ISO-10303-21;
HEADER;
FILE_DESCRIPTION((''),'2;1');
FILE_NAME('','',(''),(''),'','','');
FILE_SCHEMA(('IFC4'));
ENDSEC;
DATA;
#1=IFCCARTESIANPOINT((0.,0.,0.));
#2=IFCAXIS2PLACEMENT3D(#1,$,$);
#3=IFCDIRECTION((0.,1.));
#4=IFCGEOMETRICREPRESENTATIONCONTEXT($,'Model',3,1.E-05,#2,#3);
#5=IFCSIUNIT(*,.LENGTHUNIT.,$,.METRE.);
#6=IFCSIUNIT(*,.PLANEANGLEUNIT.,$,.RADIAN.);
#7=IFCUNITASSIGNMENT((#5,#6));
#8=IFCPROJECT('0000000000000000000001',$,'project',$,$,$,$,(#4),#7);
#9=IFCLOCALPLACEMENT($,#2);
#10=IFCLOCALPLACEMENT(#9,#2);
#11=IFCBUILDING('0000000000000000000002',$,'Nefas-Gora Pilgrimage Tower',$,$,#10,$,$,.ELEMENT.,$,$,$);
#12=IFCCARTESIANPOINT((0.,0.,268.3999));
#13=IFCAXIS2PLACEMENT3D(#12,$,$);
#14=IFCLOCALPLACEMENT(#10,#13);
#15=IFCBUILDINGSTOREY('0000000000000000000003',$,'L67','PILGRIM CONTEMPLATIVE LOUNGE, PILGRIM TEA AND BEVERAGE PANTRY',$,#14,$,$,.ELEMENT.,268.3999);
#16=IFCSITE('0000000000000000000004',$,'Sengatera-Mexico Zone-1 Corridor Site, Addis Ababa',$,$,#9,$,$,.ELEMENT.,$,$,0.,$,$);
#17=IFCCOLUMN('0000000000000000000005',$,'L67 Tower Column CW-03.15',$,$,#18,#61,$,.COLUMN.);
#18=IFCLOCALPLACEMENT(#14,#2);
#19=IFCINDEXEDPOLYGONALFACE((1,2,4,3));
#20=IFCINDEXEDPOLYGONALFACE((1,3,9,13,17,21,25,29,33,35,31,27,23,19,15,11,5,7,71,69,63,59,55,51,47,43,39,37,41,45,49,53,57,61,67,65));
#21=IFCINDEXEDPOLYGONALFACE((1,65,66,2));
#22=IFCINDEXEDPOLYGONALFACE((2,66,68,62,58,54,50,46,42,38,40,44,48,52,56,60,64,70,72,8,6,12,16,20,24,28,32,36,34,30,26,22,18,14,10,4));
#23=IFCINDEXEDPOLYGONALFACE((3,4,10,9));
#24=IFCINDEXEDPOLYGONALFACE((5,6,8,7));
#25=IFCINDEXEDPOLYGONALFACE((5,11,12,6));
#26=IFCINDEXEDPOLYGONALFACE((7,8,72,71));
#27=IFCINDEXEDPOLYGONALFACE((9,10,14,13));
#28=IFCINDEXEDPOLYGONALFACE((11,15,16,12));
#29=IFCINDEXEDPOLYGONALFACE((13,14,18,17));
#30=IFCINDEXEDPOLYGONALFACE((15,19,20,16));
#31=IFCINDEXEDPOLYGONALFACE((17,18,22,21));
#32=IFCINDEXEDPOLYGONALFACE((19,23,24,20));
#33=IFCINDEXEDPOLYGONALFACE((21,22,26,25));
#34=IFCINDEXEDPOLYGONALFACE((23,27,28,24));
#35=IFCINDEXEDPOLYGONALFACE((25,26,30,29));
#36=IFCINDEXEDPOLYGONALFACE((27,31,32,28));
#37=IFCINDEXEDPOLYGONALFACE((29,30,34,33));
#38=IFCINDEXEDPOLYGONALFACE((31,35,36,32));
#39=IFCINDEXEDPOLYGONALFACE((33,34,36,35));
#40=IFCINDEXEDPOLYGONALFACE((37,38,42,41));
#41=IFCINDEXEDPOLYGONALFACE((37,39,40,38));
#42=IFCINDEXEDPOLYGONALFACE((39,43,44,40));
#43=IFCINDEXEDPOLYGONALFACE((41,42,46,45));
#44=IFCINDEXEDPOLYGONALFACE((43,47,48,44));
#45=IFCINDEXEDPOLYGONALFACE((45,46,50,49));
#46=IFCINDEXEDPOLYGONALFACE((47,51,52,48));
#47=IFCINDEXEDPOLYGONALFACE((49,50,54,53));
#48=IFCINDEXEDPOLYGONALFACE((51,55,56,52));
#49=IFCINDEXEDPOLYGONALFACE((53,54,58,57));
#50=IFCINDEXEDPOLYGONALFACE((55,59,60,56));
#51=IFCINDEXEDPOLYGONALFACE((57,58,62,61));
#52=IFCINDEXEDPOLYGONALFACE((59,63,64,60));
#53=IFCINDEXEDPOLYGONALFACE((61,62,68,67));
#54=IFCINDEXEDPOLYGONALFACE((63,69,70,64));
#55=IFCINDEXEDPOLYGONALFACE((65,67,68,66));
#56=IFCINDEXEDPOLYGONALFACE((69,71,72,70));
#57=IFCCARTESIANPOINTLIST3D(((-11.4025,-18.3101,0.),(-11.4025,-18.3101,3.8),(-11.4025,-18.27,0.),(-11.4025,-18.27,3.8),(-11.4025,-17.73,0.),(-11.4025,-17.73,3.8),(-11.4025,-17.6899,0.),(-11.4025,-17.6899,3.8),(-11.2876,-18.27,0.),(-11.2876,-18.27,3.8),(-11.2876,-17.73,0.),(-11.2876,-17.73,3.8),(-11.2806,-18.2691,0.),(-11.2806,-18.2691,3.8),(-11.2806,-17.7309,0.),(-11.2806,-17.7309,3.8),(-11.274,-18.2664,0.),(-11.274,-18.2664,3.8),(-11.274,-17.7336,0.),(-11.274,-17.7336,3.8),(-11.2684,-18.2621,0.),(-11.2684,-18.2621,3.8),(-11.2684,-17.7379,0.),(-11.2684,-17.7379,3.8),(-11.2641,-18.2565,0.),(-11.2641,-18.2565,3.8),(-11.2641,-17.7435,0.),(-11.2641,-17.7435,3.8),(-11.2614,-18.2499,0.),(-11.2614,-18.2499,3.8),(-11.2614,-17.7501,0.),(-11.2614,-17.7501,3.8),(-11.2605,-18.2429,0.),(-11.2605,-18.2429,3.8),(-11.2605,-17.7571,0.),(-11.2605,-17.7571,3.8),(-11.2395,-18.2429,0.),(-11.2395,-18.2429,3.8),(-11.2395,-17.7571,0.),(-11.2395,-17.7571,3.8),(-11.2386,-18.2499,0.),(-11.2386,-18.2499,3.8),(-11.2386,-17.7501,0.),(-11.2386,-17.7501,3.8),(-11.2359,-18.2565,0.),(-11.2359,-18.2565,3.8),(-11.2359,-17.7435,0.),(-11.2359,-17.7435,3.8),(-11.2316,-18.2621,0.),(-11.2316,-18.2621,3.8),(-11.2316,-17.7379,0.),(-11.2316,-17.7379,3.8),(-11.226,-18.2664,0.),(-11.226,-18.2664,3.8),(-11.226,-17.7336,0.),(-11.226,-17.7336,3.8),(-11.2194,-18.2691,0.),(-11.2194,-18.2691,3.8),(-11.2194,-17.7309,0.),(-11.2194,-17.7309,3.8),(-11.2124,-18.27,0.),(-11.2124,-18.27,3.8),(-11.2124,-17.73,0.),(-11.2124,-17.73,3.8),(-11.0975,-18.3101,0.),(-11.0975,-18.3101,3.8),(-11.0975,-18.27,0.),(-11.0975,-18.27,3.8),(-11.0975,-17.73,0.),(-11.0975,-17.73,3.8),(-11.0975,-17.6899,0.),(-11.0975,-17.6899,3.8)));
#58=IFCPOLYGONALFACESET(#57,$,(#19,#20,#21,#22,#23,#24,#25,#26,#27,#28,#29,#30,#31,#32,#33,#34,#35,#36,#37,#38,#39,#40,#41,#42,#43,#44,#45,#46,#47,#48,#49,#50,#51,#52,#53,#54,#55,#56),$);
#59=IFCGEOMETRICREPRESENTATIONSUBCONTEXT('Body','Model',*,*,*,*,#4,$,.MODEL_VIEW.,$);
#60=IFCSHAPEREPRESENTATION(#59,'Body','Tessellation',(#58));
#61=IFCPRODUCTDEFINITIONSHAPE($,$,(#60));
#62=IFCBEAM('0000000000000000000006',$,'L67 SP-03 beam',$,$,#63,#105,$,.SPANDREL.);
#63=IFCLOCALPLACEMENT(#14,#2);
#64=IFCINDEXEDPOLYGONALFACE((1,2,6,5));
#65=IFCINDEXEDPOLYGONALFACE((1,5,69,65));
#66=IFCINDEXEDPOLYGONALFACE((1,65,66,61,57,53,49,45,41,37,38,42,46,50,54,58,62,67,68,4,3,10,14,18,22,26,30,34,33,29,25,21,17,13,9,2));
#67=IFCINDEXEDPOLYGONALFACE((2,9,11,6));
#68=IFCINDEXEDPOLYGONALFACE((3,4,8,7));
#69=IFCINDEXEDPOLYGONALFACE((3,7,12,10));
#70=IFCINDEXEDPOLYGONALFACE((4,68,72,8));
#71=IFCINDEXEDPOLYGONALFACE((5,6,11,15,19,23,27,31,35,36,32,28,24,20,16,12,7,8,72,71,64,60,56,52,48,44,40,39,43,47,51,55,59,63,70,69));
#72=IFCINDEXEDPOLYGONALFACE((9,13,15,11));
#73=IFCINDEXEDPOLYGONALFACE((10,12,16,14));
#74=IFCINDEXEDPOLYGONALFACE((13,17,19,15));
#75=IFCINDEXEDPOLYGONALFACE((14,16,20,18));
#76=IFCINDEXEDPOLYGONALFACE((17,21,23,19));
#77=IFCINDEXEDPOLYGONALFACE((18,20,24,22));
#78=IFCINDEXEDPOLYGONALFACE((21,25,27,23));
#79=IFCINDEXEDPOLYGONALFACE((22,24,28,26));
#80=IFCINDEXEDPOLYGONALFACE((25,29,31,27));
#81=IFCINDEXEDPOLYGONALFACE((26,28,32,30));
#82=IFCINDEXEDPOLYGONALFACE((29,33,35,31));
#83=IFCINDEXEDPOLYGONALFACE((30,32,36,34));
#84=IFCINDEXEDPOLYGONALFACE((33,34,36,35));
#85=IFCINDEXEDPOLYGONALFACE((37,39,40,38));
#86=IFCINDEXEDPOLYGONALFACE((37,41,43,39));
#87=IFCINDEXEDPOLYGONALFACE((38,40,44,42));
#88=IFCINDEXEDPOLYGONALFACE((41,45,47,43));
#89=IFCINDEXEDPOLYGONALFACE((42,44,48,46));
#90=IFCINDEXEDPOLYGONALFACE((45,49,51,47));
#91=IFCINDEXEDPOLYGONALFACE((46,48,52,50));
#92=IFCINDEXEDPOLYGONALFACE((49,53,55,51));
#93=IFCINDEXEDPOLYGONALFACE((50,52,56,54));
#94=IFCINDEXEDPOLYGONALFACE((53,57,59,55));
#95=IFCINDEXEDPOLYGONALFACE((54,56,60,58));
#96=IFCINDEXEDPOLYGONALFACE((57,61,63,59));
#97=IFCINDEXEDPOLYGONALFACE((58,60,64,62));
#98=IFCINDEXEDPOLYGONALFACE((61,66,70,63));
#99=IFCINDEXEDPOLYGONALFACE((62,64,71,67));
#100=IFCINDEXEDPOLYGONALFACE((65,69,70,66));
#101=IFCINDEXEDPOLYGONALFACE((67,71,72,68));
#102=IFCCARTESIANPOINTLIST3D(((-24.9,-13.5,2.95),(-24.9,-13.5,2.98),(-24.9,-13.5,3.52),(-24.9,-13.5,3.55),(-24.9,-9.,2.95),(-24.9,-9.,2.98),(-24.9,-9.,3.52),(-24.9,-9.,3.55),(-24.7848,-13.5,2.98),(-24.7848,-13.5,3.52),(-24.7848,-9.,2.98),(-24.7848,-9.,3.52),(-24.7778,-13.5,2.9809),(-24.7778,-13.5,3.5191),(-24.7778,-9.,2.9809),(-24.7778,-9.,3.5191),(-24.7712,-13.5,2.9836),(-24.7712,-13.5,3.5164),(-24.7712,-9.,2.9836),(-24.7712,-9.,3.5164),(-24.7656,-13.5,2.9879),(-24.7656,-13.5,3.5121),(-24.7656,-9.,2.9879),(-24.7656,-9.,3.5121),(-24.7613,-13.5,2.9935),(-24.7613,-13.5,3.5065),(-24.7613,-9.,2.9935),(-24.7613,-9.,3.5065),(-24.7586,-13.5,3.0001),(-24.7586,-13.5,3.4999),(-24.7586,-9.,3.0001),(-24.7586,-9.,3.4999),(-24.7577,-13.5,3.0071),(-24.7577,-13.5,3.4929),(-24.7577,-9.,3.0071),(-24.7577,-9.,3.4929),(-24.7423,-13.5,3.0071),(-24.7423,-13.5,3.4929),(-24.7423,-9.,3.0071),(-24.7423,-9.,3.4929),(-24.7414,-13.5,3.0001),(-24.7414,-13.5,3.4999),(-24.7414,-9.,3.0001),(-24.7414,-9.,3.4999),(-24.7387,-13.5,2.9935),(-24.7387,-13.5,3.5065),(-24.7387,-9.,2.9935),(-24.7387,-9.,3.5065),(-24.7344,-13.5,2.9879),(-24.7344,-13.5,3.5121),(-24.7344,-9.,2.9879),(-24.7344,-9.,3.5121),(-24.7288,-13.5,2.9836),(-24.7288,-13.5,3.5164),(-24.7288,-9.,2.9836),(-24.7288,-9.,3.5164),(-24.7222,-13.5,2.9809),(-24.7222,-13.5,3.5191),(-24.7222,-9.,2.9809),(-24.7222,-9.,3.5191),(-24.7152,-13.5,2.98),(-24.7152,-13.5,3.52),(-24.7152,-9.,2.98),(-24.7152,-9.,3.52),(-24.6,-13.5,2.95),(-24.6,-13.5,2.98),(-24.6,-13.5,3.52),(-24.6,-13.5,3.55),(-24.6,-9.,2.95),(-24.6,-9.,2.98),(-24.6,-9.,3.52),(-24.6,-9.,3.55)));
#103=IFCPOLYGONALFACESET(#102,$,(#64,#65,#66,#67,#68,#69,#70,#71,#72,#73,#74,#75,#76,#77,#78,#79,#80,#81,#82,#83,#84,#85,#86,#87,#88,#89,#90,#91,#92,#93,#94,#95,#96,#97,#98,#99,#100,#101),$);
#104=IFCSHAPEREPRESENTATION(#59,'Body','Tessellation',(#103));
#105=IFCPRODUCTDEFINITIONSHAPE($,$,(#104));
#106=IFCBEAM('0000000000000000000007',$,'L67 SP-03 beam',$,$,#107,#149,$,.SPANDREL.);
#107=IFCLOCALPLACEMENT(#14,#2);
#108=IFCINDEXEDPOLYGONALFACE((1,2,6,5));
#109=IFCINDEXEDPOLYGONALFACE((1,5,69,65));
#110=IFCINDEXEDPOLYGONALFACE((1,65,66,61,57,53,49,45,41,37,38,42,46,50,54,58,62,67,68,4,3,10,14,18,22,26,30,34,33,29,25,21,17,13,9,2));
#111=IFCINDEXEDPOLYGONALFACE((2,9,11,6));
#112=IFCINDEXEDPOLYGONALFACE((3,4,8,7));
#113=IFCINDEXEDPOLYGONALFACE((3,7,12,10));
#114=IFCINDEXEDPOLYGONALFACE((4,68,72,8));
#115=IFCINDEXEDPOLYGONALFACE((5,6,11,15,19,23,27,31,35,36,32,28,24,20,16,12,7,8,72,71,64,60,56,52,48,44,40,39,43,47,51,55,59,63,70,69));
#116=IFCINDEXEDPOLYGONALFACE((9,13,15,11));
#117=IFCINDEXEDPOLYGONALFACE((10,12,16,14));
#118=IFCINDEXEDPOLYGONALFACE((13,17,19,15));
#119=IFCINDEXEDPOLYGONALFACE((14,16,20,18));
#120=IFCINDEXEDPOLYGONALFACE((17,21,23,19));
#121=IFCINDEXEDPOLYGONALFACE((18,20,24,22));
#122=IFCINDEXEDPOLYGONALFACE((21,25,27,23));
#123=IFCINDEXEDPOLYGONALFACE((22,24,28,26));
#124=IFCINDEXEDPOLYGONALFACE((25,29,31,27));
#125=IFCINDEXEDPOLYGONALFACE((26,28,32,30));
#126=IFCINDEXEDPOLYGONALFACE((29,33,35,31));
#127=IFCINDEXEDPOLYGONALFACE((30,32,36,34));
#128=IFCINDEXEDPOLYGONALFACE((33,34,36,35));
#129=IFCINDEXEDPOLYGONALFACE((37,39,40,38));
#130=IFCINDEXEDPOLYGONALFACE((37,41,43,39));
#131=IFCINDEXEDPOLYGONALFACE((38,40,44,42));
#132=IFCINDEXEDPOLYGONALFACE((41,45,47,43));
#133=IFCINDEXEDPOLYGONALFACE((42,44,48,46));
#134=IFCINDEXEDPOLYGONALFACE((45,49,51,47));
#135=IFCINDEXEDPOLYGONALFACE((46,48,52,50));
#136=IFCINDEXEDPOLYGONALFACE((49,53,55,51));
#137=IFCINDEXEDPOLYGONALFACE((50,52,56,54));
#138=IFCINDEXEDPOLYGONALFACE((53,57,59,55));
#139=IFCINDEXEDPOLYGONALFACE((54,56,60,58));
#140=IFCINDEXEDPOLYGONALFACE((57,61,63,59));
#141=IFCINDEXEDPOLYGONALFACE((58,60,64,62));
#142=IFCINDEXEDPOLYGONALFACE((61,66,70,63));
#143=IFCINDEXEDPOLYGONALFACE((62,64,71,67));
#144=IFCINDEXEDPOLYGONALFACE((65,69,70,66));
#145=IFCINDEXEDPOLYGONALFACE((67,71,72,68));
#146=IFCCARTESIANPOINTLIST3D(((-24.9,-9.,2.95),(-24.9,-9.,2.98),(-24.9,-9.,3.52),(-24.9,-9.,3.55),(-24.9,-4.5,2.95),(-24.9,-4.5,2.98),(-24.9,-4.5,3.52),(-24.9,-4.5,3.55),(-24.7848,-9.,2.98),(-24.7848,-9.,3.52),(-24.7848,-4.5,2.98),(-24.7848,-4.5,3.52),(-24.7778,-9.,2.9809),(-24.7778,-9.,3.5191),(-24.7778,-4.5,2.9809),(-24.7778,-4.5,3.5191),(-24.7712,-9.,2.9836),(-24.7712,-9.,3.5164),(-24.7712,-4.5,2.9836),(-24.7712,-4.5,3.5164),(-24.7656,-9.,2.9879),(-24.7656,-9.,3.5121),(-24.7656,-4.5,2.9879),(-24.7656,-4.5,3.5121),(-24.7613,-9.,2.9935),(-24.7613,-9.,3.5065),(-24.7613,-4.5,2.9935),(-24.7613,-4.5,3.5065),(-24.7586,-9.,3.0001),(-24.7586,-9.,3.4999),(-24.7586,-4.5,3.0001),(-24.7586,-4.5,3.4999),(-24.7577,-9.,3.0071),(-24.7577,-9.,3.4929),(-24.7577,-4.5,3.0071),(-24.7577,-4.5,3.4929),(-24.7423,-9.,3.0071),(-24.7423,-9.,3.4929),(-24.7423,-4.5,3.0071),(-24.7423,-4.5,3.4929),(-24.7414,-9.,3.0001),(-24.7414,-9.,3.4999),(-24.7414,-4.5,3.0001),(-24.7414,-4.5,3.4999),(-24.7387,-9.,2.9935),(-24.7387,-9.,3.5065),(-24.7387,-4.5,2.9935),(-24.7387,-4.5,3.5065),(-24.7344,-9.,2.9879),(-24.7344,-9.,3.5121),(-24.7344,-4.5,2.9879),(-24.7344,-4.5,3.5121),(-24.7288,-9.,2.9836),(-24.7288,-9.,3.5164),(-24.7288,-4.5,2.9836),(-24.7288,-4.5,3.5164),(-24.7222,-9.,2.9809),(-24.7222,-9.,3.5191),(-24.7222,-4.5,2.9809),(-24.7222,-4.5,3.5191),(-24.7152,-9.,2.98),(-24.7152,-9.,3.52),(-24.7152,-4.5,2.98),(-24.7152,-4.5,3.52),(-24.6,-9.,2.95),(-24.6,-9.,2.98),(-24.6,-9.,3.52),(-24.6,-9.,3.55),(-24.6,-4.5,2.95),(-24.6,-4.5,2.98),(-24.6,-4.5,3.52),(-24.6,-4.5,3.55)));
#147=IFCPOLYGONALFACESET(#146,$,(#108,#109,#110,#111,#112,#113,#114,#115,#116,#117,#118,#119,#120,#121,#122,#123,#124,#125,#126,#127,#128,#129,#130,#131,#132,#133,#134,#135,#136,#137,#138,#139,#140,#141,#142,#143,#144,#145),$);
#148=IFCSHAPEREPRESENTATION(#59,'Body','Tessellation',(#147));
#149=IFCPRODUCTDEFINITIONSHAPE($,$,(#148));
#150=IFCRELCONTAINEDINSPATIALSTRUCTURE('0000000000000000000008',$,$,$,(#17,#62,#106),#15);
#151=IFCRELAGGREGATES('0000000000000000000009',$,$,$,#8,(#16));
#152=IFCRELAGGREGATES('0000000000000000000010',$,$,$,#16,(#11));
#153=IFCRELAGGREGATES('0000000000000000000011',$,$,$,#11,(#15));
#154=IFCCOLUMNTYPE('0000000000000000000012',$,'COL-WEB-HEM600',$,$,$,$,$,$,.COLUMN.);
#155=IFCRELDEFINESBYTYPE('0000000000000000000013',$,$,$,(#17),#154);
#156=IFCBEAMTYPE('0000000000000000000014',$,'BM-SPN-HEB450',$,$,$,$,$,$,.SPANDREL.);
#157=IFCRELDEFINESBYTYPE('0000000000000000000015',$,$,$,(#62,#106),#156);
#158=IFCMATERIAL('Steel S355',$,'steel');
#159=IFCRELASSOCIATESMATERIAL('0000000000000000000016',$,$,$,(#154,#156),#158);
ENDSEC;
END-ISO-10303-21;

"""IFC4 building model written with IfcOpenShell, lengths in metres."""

from ifc_helpers import new_model, si_unit, direction, frame, origin, origin_2d, place, context, subcontext, project, spatial, i_section, extrude, source, transform, mapped, material, material_profile, profile_set, type_object, element, save


model = new_model("IFC4")

# Units and contexts
model_context = context("Model", 3, precision=1e-05, world=origin(), true_north=direction((0.0, 1.0)))
body_context = subcontext(model_context, "Body", "Model", "MODEL_VIEW")
ifc_project = project(units=[si_unit("LENGTHUNIT", "METRE"), si_unit("PLANEANGLEUNIT", "RADIAN")], contexts=[model_context])

# Site, building, storey
site_placement = place(None, origin())
site = spatial("IfcSite", under=ifc_project, at=site_placement, Name="Sengatera-Mexico Zone-1 Corridor Site, Addis Ababa", CompositionType="ELEMENT", RefElevation=0.0)
building_placement = place(site_placement, origin())
building = spatial("IfcBuilding", under=site, at=building_placement, Name="Nefas-Gora Pilgrimage Tower", CompositionType="ELEMENT")
storey_placement = place(building_placement, frame((0.0, 0.0, 268.3999)))
storey = spatial("IfcBuildingStorey", under=building, at=storey_placement, Name="L67", Description="PILGRIM CONTEMPLATIVE LOUNGE, PILGRIM TEA AND BEVERAGE PANTRY", CompositionType="ELEMENT", Elevation=268.3999)

# Column
ifc_material_1 = material(Name="Steel S355", Category="steel")
ifc_material_profile_1 = material_profile(ifc_material_1, i_section(OverallWidth=0.3049, OverallDepth=0.6201, WebThickness=0.021, FlangeThickness=0.04, FilletRadius=0.0271, at=origin_2d()), Name="HEM 600")
ifc_profile_set_1 = profile_set([ifc_material_profile_1], Name="Steel S355")
column_type_1 = type_object("IfcColumnType", Name="COL-WEB-HEM600", PredefinedType="COLUMN", material=ifc_profile_set_1)
shared_shape_1 = source(origin(), body_context, "Body", "SweptSolid", [
    extrude(i_section(OverallWidth=0.3049, OverallDepth=0.6201, WebThickness=0.021, FlangeThickness=0.04, FilletRadius=0.0271, at=origin_2d()), origin(), (0.0, 0.0, 1.0), 3.8),
])
for number, where, z_axis, x_axis, name in (
    (1, (-11.25, -18.0, 0.0), (0.0, 0.0, 1.0), (1.0, 0.0, 0.0), "L67 Tower Column CW-03.15"),
):
    element("IfcColumn", number, at=place(storey_placement, frame(where, z_axis=z_axis, x_axis=x_axis)), inside=storey, type_object=column_type_1, Name=name, PredefinedType="COLUMN", context=body_context, shape_type="MappedRepresentation", body=[
        mapped(shared_shape_1, transform((0.0, 0.0, 0.0), x_axis=(1.0, 0.0, 0.0), y_axis=(0.0, 1.0, 0.0), z_axis=(0.0, 0.0, 1.0), scale=1.0)),
    ])

# Beams
ifc_material_profile_2 = material_profile(ifc_material_1, i_section(OverallWidth=0.3, OverallDepth=0.6001, WebThickness=0.0154, FlangeThickness=0.03, FilletRadius=0.0271, at=origin_2d()), Name="HEB 600")
ifc_profile_set_2 = profile_set([ifc_material_profile_2], Name="Steel S355")
beam_type_1 = type_object("IfcBeamType", Name="BM-SPN-HEB450", PredefinedType="SPANDREL", material=ifc_profile_set_2)
shared_shape_2 = source(origin(), body_context, "Body", "SweptSolid", [
    extrude(i_section(OverallWidth=0.3, OverallDepth=0.6001, WebThickness=0.0154, FlangeThickness=0.03, FilletRadius=0.0271, at=origin_2d()), origin(), (0.0, 0.0, 1.0), 4.5),
])
for number, where, z_axis, x_axis, name in (
    (2, (-24.75, -13.5, 3.25), (0.0, 1.0, 0.0), (-1.0, 0.0, 0.0), "L67 SP-03 beam"),
    (3, (-24.75, -9.0, 3.25), (0.0, 1.0, 0.0), (-1.0, 0.0, 0.0), "L67 SP-03 beam"),
):
    element("IfcBeam", number, at=place(storey_placement, frame(where, z_axis=z_axis, x_axis=x_axis)), inside=storey, type_object=beam_type_1, Name=name, PredefinedType="SPANDREL", context=body_context, shape_type="MappedRepresentation", body=[
        mapped(shared_shape_2, transform((0.0, 0.0, 0.0), x_axis=(1.0, 0.0, 0.0), y_axis=(0.0, 1.0, 0.0), z_axis=(0.0, 0.0, 1.0), scale=1.0)),
    ])

save(model, "model.ifc")
